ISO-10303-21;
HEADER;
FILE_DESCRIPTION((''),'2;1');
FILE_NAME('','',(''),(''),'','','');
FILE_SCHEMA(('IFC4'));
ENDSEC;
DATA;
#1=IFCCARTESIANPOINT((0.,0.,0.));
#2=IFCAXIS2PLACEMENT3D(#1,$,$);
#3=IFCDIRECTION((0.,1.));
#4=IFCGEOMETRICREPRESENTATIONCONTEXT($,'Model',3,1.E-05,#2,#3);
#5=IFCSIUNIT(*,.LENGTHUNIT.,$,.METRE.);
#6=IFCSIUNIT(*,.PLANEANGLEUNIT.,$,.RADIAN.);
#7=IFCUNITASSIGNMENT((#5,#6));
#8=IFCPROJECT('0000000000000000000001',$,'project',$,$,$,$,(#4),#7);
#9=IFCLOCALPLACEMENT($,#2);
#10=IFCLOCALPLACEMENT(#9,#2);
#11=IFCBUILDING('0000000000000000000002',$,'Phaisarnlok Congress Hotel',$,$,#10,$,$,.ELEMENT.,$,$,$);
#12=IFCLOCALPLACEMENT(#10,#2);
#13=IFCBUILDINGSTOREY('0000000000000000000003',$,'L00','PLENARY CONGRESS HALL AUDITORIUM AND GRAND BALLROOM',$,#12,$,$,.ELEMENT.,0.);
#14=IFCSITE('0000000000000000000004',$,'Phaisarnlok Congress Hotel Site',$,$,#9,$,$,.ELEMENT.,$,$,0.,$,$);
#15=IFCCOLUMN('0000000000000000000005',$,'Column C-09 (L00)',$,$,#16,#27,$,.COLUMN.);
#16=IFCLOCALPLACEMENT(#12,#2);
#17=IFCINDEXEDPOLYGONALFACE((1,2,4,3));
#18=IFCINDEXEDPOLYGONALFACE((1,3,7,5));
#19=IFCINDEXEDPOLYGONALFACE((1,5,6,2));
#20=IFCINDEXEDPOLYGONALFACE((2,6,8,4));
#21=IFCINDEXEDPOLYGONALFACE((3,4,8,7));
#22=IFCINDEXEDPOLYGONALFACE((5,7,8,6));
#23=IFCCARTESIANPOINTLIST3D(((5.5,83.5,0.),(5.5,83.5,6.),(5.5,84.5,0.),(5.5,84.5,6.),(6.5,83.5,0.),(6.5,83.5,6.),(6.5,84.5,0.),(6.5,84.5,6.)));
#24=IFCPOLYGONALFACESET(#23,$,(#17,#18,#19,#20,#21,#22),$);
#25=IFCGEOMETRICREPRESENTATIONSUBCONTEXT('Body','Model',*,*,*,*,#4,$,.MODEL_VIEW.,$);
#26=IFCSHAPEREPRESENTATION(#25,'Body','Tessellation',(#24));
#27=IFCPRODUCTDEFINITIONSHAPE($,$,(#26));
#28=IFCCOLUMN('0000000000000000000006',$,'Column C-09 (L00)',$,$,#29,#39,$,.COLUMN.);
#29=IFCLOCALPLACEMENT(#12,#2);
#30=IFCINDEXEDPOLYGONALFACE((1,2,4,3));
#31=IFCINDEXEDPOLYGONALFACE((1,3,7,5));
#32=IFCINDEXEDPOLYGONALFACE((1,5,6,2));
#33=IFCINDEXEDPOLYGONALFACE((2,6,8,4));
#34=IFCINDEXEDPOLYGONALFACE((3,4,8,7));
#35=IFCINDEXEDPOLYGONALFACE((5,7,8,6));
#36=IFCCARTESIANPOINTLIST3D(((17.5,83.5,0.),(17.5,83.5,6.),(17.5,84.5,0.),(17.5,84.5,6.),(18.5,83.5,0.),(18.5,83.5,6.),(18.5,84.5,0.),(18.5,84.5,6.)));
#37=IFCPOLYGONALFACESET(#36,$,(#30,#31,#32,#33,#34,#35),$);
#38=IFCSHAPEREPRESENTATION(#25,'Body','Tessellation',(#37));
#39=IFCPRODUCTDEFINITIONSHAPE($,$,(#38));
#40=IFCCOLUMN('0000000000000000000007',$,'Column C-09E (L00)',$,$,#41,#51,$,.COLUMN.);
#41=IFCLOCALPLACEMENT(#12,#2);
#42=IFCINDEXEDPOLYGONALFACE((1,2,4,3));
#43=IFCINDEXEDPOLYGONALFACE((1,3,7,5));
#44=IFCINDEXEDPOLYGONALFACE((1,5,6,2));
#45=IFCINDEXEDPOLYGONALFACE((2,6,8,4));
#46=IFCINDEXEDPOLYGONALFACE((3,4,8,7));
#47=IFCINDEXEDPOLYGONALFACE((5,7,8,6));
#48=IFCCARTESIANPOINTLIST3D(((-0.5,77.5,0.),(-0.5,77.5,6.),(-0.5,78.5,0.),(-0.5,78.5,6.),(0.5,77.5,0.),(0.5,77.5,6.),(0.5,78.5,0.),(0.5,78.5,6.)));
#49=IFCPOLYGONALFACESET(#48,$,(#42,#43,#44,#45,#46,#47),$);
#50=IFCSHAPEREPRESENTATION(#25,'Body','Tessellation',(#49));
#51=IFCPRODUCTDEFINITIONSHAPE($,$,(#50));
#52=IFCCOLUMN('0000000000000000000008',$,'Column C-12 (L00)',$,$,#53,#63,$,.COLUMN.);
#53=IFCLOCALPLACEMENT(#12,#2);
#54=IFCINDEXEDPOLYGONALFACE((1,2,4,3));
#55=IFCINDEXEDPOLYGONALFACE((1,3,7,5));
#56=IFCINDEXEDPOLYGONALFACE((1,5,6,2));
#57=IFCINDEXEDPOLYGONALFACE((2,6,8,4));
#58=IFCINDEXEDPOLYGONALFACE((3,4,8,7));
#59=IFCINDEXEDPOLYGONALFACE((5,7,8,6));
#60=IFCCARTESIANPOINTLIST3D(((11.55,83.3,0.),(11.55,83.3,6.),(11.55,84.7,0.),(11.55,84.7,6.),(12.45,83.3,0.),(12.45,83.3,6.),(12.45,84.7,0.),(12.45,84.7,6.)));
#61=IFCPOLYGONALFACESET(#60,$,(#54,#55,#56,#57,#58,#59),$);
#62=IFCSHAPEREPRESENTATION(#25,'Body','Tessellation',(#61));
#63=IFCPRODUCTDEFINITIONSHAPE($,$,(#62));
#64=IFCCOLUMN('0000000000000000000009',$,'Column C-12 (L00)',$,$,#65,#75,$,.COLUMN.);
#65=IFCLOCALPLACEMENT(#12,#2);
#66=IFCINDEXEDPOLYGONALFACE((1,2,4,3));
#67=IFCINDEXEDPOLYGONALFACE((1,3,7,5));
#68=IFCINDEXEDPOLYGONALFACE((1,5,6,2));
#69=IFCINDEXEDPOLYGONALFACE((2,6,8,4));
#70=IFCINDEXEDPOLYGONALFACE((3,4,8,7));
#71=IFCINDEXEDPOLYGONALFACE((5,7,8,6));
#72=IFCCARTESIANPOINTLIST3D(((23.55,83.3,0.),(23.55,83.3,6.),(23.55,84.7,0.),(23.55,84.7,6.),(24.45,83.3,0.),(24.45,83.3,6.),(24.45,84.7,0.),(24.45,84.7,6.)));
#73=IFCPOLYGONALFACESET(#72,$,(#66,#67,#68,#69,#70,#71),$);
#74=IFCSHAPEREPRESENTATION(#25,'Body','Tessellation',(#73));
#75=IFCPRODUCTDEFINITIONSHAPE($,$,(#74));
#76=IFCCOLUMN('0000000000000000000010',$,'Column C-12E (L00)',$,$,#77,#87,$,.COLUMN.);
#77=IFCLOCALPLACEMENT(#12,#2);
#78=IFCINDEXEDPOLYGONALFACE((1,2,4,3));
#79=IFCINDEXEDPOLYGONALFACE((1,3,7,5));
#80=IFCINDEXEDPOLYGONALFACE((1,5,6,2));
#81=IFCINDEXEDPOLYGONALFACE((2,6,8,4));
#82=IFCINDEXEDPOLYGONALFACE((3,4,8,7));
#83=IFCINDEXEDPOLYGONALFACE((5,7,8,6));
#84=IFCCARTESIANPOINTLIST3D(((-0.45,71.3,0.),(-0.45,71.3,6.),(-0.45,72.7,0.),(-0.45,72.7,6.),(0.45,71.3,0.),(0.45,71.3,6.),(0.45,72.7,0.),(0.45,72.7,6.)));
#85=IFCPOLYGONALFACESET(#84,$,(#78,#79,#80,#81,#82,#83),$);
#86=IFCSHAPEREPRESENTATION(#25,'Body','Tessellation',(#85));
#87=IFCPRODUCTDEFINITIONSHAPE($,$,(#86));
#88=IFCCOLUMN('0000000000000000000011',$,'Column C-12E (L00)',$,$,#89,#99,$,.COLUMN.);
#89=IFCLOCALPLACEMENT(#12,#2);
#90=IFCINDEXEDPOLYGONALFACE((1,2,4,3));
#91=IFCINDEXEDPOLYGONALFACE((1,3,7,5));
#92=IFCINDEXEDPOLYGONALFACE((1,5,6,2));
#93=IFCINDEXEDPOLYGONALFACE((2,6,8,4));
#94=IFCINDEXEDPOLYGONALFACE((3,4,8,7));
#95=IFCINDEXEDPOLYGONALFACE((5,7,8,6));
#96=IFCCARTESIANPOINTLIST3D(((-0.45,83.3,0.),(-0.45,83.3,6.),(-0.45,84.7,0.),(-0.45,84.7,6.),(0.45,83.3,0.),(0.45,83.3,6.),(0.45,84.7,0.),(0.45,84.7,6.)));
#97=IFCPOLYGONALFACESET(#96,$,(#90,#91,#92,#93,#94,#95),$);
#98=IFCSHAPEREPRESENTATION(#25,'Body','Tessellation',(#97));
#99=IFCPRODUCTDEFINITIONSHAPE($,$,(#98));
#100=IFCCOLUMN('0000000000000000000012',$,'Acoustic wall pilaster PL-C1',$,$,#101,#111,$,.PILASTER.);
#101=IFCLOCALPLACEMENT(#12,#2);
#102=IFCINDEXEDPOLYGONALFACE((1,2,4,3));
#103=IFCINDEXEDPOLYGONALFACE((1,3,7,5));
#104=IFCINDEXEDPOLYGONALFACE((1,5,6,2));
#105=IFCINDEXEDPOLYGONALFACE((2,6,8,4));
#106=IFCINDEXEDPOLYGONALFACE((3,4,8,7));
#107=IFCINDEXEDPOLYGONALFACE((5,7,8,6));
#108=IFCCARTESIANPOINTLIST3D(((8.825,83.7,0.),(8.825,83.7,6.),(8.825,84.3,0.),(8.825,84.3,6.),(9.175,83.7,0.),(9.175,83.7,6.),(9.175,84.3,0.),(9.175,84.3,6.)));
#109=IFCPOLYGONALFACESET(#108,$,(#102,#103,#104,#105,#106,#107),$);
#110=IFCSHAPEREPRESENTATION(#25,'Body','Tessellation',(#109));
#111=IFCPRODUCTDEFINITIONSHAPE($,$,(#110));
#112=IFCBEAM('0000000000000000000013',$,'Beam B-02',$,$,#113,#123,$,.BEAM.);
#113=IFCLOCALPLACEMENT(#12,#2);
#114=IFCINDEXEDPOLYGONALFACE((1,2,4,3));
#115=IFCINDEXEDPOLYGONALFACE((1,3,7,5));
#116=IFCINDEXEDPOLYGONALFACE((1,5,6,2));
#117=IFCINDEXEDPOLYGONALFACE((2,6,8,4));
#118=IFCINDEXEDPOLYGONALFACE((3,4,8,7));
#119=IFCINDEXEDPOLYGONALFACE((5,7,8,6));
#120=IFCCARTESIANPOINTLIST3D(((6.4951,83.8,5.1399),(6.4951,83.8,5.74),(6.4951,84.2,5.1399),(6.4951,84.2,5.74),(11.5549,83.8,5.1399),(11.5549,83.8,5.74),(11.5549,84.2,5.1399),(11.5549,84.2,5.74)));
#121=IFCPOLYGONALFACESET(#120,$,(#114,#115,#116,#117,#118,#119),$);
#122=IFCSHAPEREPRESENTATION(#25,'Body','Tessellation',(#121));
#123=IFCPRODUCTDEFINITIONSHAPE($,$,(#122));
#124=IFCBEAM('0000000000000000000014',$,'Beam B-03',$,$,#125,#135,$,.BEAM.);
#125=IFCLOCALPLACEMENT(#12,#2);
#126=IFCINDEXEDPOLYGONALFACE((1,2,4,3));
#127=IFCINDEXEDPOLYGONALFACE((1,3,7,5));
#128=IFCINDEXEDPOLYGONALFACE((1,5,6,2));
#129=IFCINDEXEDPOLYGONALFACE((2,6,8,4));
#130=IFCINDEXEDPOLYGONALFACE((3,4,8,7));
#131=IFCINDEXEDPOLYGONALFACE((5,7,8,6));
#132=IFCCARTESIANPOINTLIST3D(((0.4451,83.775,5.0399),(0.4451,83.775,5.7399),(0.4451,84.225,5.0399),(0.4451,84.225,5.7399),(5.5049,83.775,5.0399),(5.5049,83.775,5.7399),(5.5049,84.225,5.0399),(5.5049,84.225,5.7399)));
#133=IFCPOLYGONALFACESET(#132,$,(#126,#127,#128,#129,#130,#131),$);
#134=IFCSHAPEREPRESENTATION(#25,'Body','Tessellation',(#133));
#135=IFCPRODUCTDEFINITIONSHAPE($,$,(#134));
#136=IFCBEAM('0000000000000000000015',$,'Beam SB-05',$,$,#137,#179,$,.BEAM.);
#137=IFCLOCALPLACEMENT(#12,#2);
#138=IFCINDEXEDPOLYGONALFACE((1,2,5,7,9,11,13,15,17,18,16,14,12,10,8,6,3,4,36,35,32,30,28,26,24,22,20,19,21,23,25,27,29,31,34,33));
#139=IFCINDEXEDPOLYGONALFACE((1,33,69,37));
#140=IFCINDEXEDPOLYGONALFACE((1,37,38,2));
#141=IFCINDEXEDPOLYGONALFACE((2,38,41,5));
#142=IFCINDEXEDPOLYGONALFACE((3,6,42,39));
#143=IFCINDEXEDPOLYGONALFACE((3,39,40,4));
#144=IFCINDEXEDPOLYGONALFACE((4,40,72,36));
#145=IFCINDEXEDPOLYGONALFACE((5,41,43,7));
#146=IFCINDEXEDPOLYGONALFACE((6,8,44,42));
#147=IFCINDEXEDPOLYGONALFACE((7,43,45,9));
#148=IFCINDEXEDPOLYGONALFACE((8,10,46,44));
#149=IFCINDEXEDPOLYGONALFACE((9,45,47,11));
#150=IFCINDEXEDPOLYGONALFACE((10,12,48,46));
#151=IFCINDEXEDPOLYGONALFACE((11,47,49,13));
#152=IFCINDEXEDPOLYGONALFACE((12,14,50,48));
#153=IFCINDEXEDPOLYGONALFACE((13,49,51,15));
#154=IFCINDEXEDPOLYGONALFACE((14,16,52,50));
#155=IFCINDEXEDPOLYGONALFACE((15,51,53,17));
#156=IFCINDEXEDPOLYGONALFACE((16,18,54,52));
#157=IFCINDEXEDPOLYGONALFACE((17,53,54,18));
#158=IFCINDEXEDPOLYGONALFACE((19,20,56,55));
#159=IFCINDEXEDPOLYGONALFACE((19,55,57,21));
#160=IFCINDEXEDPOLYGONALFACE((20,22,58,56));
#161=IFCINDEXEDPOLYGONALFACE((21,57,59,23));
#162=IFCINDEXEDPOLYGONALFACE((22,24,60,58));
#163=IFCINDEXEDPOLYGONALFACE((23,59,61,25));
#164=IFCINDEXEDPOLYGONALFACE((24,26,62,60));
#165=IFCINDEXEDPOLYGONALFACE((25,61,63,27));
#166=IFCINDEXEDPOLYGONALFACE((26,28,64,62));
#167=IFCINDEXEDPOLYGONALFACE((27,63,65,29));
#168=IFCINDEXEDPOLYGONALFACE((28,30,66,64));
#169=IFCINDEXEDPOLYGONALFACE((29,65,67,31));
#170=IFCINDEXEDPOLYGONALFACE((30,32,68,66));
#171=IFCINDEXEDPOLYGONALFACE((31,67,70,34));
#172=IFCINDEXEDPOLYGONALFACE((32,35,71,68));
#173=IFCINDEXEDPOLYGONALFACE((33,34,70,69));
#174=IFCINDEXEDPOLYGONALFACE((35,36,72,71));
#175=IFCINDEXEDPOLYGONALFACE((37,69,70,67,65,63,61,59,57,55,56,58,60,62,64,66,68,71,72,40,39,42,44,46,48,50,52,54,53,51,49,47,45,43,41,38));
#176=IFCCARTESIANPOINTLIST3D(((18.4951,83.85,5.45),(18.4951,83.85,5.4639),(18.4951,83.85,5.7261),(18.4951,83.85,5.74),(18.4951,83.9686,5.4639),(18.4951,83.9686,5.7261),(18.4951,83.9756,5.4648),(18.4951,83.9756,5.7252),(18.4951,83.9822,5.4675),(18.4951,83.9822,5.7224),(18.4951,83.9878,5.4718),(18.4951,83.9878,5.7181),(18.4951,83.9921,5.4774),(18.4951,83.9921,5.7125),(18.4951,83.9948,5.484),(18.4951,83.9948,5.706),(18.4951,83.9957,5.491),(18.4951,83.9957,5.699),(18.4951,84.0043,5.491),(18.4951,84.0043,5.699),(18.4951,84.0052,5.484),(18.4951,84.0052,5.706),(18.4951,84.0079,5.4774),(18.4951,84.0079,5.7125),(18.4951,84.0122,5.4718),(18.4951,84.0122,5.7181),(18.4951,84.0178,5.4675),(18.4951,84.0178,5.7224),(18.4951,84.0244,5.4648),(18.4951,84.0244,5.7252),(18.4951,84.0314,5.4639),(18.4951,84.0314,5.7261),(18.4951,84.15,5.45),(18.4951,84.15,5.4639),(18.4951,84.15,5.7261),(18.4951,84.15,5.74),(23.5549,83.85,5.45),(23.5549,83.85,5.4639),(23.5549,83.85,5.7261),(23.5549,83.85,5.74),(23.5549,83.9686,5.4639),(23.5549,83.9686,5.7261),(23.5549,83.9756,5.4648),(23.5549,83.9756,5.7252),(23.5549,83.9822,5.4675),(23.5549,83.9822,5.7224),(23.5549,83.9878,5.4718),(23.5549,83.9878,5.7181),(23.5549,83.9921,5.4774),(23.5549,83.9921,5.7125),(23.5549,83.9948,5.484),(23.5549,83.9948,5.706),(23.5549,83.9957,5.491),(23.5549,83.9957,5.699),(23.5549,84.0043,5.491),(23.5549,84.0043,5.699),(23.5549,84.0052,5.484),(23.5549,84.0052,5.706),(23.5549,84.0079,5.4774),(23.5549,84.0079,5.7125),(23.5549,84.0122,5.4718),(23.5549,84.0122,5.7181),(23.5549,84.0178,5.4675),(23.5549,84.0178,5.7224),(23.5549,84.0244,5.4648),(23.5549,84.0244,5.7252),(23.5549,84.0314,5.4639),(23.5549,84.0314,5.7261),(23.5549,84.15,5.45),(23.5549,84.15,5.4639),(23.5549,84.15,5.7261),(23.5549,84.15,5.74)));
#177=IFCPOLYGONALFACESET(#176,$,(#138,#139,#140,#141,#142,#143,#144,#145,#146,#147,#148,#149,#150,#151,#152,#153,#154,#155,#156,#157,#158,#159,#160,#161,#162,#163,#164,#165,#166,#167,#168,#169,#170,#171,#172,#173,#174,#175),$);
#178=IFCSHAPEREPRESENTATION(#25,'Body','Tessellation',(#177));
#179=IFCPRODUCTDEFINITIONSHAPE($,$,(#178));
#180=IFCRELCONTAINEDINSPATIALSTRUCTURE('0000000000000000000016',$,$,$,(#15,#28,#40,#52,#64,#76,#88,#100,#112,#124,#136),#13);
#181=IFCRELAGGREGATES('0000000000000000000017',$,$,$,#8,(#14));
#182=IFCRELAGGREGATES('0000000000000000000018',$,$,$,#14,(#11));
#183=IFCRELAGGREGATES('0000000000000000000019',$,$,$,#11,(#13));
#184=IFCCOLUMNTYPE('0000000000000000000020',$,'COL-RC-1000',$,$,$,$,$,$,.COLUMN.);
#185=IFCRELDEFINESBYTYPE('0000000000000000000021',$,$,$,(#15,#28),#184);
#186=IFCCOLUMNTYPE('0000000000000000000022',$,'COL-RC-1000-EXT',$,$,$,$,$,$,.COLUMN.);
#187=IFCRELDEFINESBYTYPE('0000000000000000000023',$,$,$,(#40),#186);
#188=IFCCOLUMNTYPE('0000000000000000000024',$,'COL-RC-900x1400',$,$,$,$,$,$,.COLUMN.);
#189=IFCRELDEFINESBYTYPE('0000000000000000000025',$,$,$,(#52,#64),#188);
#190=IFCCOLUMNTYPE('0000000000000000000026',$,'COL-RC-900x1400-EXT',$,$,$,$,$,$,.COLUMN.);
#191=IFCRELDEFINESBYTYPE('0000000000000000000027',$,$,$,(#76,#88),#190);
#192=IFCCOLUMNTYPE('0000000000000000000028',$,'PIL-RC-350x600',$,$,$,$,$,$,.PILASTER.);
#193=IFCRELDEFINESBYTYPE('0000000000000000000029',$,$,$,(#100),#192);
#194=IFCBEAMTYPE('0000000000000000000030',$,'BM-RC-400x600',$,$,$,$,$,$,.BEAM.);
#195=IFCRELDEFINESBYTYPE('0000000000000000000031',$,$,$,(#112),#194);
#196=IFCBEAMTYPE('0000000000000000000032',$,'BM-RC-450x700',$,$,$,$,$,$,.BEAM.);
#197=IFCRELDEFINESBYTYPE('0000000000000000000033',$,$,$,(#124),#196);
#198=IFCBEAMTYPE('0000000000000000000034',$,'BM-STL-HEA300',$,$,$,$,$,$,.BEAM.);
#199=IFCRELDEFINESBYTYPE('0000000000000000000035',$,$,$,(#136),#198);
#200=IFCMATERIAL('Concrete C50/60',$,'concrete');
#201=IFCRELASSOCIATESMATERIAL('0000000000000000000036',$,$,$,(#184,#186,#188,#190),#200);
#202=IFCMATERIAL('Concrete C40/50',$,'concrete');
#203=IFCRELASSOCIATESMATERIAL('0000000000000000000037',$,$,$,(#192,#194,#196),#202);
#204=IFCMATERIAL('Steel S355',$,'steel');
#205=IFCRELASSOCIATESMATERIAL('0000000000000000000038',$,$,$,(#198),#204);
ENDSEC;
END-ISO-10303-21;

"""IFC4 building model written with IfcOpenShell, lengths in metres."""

from ifc_helpers import new_model, si_unit, direction, frame, origin, origin_2d, place, context, subcontext, project, spatial, rectangle, i_section, extrude, material, material_profile, profile_set, type_object, element, save


model = new_model("IFC4")

# Units and contexts
model_context = context("Model", 3, precision=1e-05, world=origin(), true_north=direction((0.0, 1.0)))
body_context = subcontext(model_context, "Body", "Model", "MODEL_VIEW")
ifc_project = project(units=[si_unit("LENGTHUNIT", "METRE"), si_unit("PLANEANGLEUNIT", "RADIAN")], contexts=[model_context])

# Site, building, storey
site_placement = place(None, origin())
site = spatial("IfcSite", under=ifc_project, at=site_placement, Name="Phaisarnlok Congress Hotel Site", CompositionType="ELEMENT", RefElevation=0.0)
building_placement = place(site_placement, origin())
building = spatial("IfcBuilding", under=site, at=building_placement, Name="Phaisarnlok Congress Hotel", CompositionType="ELEMENT")
storey_placement = place(building_placement, origin())
storey = spatial("IfcBuildingStorey", under=building, at=storey_placement, Name="L00", Description="PLENARY CONGRESS HALL AUDITORIUM AND GRAND BALLROOM", CompositionType="ELEMENT", Elevation=0.0)

# Columns
ifc_material_1 = material(Name="Concrete C50/60", Category="concrete")
ifc_material_profile_1 = material_profile(ifc_material_1, rectangle(XDim=1.0, YDim=1.0, at=origin_2d()), Name="RC 1000x1000")
ifc_profile_set_1 = profile_set([ifc_material_profile_1], Name="Concrete C50/60")
column_type_1 = type_object("IfcColumnType", Name="COL-RC-1000", PredefinedType="COLUMN", material=ifc_profile_set_1)
for number, where, z_axis, x_axis, name in (
    (1, (6.0, 84.0, 0.0), (0.0, 0.0, 1.0), (1.0, 0.0, 0.0), "Column C-09 (L00)"),
    (2, (18.0, 84.0, 0.0), (0.0, 0.0, 1.0), (1.0, 0.0, 0.0), "Column C-09 (L00)"),
):
    element("IfcColumn", number, at=place(storey_placement, frame(where, z_axis=z_axis, x_axis=x_axis)), inside=storey, type_object=column_type_1, Name=name, PredefinedType="COLUMN", context=body_context, shape_type="SweptSolid", body=[
        extrude(rectangle(XDim=1.0, YDim=1.0, at=origin_2d()), origin(), (0.0, 0.0, 1.0), 6.0),
    ])
ifc_material_profile_2 = material_profile(ifc_material_1, rectangle(XDim=1.0, YDim=1.0, at=origin_2d()), Name="RC 1000x1000")
ifc_profile_set_2 = profile_set([ifc_material_profile_2], Name="Concrete C50/60")
column_type_2 = type_object("IfcColumnType", Name="COL-RC-1000-EXT", PredefinedType="COLUMN", material=ifc_profile_set_2)
column_1_placement = place(storey_placement, frame((0.0, 78.0, 0.0), z_axis=(0.0, 0.0, 1.0), x_axis=(1.0, 0.0, 0.0)))
element("IfcColumn", 3, at=column_1_placement, inside=storey, type_object=column_type_2, Name="Column C-09E (L00)", PredefinedType="COLUMN", context=body_context, shape_type="SweptSolid", body=[
    extrude(rectangle(XDim=1.0, YDim=1.0, at=origin_2d()), origin(), (0.0, 0.0, 1.0), 6.0),
])
ifc_material_profile_3 = material_profile(ifc_material_1, rectangle(XDim=0.8999, YDim=1.3999, at=origin_2d()), Name="RC 900x1400")
ifc_profile_set_3 = profile_set([ifc_material_profile_3], Name="Concrete C50/60")
column_type_3 = type_object("IfcColumnType", Name="COL-RC-900x1400", PredefinedType="COLUMN", material=ifc_profile_set_3)
for number, where, z_axis, x_axis, name in (
    (4, (12.0, 84.0, 0.0), (0.0, 0.0, 1.0), (1.0, 0.0, 0.0), "Column C-12 (L00)"),
    (5, (24.0, 84.0, 0.0), (0.0, 0.0, 1.0), (1.0, 0.0, 0.0), "Column C-12 (L00)"),
):
    element("IfcColumn", number, at=place(storey_placement, frame(where, z_axis=z_axis, x_axis=x_axis)), inside=storey, type_object=column_type_3, Name=name, PredefinedType="COLUMN", context=body_context, shape_type="SweptSolid", body=[
        extrude(rectangle(XDim=0.8999, YDim=1.3999, at=origin_2d()), origin(), (0.0, 0.0, 1.0), 6.0),
    ])
ifc_material_profile_4 = material_profile(ifc_material_1, rectangle(XDim=0.8999, YDim=1.3999, at=origin_2d()), Name="RC 900x1400")
ifc_profile_set_4 = profile_set([ifc_material_profile_4], Name="Concrete C50/60")
column_type_4 = type_object("IfcColumnType", Name="COL-RC-900x1400-EXT", PredefinedType="COLUMN", material=ifc_profile_set_4)
for number, where, z_axis, x_axis, name in (
    (6, (0.0, 72.0, 0.0), (0.0, 0.0, 1.0), (1.0, 0.0, 0.0), "Column C-12E (L00)"),
    (7, (0.0, 84.0, 0.0), (0.0, 0.0, 1.0), (1.0, 0.0, 0.0), "Column C-12E (L00)"),
):
    element("IfcColumn", number, at=place(storey_placement, frame(where, z_axis=z_axis, x_axis=x_axis)), inside=storey, type_object=column_type_4, Name=name, PredefinedType="COLUMN", context=body_context, shape_type="SweptSolid", body=[
        extrude(rectangle(XDim=0.8999, YDim=1.3999, at=origin_2d()), origin(), (0.0, 0.0, 1.0), 6.0),
    ])
ifc_material_2 = material(Name="Concrete C40/50", Category="concrete")
ifc_material_profile_5 = material_profile(ifc_material_2, rectangle(XDim=0.3501, YDim=0.6001, at=origin_2d()), Name="RC 350x600")
ifc_profile_set_5 = profile_set([ifc_material_profile_5], Name="Concrete C40/50")
column_type_5 = type_object("IfcColumnType", Name="PIL-RC-350x600", PredefinedType="PILASTER", material=ifc_profile_set_5)
column_2_placement = place(storey_placement, frame((9.0, 84.0, 0.0), z_axis=(0.0, 0.0, 1.0), x_axis=(1.0, 0.0, 0.0)))
element("IfcColumn", 8, at=column_2_placement, inside=storey, type_object=column_type_5, Name="Acoustic wall pilaster PL-C1", PredefinedType="PILASTER", context=body_context, shape_type="SweptSolid", body=[
    extrude(rectangle(XDim=0.3501, YDim=0.6001, at=origin_2d()), origin(), (0.0, 0.0, 1.0), 6.0),
])

# Beams
ifc_material_profile_6 = material_profile(ifc_material_2, rectangle(XDim=0.3999, YDim=0.6001, at=origin_2d()), Name="RC 400x600")
ifc_profile_set_6 = profile_set([ifc_material_profile_6], Name="Concrete C40/50")
beam_type_1 = type_object("IfcBeamType", Name="BM-RC-400x600", PredefinedType="BEAM", material=ifc_profile_set_6)
beam_1_placement = place(storey_placement, frame((6.4951, 84.0, 5.4399), z_axis=(1.0, 0.0, 0.0), x_axis=(0.0, 1.0, 0.0)))
element("IfcBeam", 9, at=beam_1_placement, inside=storey, type_object=beam_type_1, Name="Beam B-02", PredefinedType="BEAM", context=body_context, shape_type="SweptSolid", body=[
    extrude(rectangle(XDim=0.3999, YDim=0.6001, at=origin_2d()), origin(), (0.0, 0.0, 1.0), 5.0598),
])
ifc_material_profile_7 = material_profile(ifc_material_2, rectangle(XDim=0.45, YDim=0.7, at=origin_2d()), Name="RC 450x700")
ifc_profile_set_7 = profile_set([ifc_material_profile_7], Name="Concrete C40/50")
beam_type_2 = type_object("IfcBeamType", Name="BM-RC-450x700", PredefinedType="BEAM", material=ifc_profile_set_7)
beam_2_placement = place(storey_placement, frame((0.4451, 84.0, 5.3899), z_axis=(1.0, 0.0, 0.0), x_axis=(0.0, 1.0, 0.0)))
element("IfcBeam", 10, at=beam_2_placement, inside=storey, type_object=beam_type_2, Name="Beam B-03", PredefinedType="BEAM", context=body_context, shape_type="SweptSolid", body=[
    extrude(rectangle(XDim=0.45, YDim=0.7, at=origin_2d()), origin(), (0.0, 0.0, 1.0), 5.0598),
])
ifc_material_3 = material(Name="Steel S355", Category="steel")
ifc_material_profile_8 = material_profile(ifc_material_3, i_section(OverallWidth=0.3, OverallDepth=0.29, WebThickness=0.0085, FlangeThickness=0.0139, FilletRadius=0.0271, at=origin_2d()), Name="HEA 300")
ifc_profile_set_8 = profile_set([ifc_material_profile_8], Name="Steel S355")
beam_type_3 = type_object("IfcBeamType", Name="BM-STL-HEA300", PredefinedType="BEAM", material=ifc_profile_set_8)
beam_3_placement = place(storey_placement, frame((18.4951, 84.0, 5.595), z_axis=(1.0, 0.0, 0.0), x_axis=(0.0, 1.0, 0.0)))
element("IfcBeam", 11, at=beam_3_placement, inside=storey, type_object=beam_type_3, Name="Beam SB-05", PredefinedType="BEAM", context=body_context, shape_type="SweptSolid", body=[
    extrude(i_section(OverallWidth=0.3, OverallDepth=0.29, WebThickness=0.0085, FlangeThickness=0.0139, FilletRadius=0.0271, at=origin_2d()), origin(), (0.0, 0.0, 1.0), 5.0598),
])

save(model, "model.ifc")
